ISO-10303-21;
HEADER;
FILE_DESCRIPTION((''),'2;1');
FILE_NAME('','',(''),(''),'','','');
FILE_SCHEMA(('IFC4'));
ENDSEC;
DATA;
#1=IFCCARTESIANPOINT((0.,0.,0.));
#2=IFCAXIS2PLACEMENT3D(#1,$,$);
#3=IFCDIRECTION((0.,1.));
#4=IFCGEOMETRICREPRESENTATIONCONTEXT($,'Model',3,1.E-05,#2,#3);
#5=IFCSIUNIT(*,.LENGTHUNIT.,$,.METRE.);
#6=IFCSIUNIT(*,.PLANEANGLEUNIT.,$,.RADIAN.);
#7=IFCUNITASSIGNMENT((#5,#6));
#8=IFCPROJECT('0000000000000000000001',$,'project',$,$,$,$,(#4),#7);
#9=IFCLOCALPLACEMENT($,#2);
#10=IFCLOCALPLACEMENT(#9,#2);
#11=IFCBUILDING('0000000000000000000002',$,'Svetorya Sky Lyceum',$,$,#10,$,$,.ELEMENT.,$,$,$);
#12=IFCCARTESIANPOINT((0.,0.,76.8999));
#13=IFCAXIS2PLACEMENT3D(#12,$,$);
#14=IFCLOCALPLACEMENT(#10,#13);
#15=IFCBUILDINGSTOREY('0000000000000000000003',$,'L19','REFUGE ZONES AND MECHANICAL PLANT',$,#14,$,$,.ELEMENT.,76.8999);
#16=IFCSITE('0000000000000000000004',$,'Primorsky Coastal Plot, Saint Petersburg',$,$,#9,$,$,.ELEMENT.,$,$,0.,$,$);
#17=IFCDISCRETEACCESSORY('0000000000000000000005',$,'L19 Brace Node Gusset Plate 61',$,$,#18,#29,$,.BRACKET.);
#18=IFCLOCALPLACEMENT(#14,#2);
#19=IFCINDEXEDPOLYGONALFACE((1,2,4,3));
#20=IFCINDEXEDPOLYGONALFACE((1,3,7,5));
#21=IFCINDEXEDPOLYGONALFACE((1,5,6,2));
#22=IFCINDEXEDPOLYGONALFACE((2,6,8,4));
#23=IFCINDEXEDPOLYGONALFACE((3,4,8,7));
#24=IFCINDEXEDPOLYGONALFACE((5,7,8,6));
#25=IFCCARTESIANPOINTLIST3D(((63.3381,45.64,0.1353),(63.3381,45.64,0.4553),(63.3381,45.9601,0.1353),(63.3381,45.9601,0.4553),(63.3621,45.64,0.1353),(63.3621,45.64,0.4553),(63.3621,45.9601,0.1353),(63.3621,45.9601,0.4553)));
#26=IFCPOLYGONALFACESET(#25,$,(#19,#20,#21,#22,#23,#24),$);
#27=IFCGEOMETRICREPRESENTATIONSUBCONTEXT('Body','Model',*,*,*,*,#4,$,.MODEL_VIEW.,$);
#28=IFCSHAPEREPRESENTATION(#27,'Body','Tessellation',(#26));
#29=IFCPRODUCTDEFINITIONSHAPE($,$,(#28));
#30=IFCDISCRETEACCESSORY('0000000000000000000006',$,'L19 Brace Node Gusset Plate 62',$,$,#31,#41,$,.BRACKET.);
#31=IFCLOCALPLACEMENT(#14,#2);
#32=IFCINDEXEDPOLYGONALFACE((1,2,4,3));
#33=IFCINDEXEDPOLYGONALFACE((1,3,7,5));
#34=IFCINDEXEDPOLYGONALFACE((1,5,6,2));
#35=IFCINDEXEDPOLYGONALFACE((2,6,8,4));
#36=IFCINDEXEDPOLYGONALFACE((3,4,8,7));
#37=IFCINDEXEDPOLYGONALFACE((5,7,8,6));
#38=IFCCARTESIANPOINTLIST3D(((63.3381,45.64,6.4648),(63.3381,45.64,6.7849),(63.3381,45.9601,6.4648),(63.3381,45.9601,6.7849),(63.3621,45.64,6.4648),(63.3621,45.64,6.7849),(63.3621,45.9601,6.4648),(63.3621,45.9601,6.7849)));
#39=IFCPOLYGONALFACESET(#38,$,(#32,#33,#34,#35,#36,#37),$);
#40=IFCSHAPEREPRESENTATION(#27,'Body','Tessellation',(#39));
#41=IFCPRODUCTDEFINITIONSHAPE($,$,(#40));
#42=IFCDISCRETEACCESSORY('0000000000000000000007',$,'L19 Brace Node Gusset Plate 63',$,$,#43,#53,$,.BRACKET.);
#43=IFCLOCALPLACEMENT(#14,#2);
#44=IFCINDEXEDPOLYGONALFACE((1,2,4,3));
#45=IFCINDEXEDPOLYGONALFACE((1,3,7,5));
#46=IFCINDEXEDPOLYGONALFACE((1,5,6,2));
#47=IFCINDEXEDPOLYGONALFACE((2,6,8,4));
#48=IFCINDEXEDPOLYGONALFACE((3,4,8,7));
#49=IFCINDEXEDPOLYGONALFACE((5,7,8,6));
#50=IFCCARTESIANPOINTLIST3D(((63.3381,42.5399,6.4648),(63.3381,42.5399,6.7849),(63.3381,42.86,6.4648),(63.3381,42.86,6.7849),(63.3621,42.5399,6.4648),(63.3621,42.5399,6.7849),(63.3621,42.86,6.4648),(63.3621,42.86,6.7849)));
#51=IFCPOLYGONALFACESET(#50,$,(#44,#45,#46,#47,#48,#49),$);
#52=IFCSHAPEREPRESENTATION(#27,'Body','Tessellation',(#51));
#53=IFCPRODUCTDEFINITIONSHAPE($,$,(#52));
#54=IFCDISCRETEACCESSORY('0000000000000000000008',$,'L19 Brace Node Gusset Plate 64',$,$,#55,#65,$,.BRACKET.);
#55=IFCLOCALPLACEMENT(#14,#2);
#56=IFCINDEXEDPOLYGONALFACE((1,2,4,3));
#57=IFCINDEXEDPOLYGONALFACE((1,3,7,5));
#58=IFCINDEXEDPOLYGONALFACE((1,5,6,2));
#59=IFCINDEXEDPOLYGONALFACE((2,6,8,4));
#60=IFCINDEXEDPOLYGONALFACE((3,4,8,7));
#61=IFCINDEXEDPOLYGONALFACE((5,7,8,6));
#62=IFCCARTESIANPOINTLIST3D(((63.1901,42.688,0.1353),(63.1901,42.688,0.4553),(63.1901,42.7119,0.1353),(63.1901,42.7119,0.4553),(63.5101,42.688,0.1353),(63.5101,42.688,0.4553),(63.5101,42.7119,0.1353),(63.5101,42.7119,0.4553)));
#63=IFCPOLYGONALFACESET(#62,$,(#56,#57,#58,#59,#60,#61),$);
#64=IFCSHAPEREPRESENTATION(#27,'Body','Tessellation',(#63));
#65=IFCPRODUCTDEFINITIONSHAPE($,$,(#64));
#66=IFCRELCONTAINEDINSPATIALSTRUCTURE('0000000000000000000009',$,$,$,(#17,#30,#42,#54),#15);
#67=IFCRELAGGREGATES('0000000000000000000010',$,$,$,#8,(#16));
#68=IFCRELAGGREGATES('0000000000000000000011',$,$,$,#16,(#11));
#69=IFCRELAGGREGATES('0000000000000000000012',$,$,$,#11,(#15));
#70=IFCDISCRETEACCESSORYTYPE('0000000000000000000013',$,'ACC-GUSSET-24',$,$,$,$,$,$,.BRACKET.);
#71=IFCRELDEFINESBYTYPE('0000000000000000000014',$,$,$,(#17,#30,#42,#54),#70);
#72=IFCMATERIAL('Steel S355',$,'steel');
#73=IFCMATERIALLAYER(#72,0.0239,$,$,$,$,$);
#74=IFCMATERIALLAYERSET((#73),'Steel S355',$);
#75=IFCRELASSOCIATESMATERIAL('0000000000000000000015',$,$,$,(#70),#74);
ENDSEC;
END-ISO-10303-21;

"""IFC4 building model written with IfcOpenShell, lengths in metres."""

from ifc_helpers import new_model, si_unit, direction, frame, origin, origin_2d, place, context, subcontext, project, spatial, rectangle, extrude, material, layer, layer_set, type_object, element, save


model = new_model("IFC4")

# Units and contexts
model_context = context("Model", 3, precision=1e-05, world=origin(), true_north=direction((0.0, 1.0)))
body_context = subcontext(model_context, "Body", "Model", "MODEL_VIEW")
ifc_project = project(units=[si_unit("LENGTHUNIT", "METRE"), si_unit("PLANEANGLEUNIT", "RADIAN")], contexts=[model_context])

# Site, building, storey
site_placement = place(None, origin())
site = spatial("IfcSite", under=ifc_project, at=site_placement, Name="Primorsky Coastal Plot, Saint Petersburg", CompositionType="ELEMENT", RefElevation=0.0)
building_placement = place(site_placement, origin())
building = spatial("IfcBuilding", under=site, at=building_placement, Name="Svetorya Sky Lyceum", CompositionType="ELEMENT")
storey_placement = place(building_placement, frame((0.0, 0.0, 76.8999)))
storey = spatial("IfcBuildingStorey", under=building, at=storey_placement, Name="L19", Description="REFUGE ZONES AND MECHANICAL PLANT", CompositionType="ELEMENT", Elevation=76.8999)

# Shared definitions
ifc_material_1 = material(Name="Steel S355", Category="steel")

# Discrete accessories
ifc_layer_1 = layer(ifc_material_1, 0.0239)
ifc_layer_set_1 = layer_set([ifc_layer_1], Name="Steel S355")
discrete_accessory_type = type_object("IfcDiscreteAccessoryType", Name="ACC-GUSSET-24", PredefinedType="BRACKET", material=ifc_layer_set_1)
for number, where, z_axis, x_axis, name in (
    (1, (63.3501, 45.8, 0.1353), (0.0, 0.0, 1.0), (1.0, 0.0, 0.0), "L19 Brace Node Gusset Plate 61"),
    (2, (63.3501, 45.8, 6.4648), (0.0, 0.0, 1.0), (1.0, 0.0, 0.0), "L19 Brace Node Gusset Plate 62"),
    (3, (63.3501, 42.7, 6.4648), (0.0, 0.0, 1.0), (1.0, 0.0, 0.0), "L19 Brace Node Gusset Plate 63"),
):
    element("IfcDiscreteAccessory", number, at=place(storey_placement, frame(where, z_axis=z_axis, x_axis=x_axis)), inside=storey, type_object=discrete_accessory_type, Name=name, PredefinedType="BRACKET", context=body_context, shape_type="SweptSolid", body=[
        extrude(rectangle(XDim=0.0239, YDim=0.3201, at=origin_2d()), origin(), (0.0, 0.0, 1.0), 0.3201),
    ])
discrete_accessory_placement = place(storey_placement, frame((63.3501, 42.7, 0.1353), z_axis=(0.0, 0.0, 1.0), x_axis=(1.0, 0.0, 0.0)))
element("IfcDiscreteAccessory", 4, at=discrete_accessory_placement, inside=storey, type_object=discrete_accessory_type, Name="L19 Brace Node Gusset Plate 64", PredefinedType="BRACKET", context=body_context, shape_type="SweptSolid", body=[
    extrude(rectangle(XDim=0.3201, YDim=0.0239, at=origin_2d()), origin(), (0.0, 0.0, 1.0), 0.3201),
])

save(model, "model.ifc")
